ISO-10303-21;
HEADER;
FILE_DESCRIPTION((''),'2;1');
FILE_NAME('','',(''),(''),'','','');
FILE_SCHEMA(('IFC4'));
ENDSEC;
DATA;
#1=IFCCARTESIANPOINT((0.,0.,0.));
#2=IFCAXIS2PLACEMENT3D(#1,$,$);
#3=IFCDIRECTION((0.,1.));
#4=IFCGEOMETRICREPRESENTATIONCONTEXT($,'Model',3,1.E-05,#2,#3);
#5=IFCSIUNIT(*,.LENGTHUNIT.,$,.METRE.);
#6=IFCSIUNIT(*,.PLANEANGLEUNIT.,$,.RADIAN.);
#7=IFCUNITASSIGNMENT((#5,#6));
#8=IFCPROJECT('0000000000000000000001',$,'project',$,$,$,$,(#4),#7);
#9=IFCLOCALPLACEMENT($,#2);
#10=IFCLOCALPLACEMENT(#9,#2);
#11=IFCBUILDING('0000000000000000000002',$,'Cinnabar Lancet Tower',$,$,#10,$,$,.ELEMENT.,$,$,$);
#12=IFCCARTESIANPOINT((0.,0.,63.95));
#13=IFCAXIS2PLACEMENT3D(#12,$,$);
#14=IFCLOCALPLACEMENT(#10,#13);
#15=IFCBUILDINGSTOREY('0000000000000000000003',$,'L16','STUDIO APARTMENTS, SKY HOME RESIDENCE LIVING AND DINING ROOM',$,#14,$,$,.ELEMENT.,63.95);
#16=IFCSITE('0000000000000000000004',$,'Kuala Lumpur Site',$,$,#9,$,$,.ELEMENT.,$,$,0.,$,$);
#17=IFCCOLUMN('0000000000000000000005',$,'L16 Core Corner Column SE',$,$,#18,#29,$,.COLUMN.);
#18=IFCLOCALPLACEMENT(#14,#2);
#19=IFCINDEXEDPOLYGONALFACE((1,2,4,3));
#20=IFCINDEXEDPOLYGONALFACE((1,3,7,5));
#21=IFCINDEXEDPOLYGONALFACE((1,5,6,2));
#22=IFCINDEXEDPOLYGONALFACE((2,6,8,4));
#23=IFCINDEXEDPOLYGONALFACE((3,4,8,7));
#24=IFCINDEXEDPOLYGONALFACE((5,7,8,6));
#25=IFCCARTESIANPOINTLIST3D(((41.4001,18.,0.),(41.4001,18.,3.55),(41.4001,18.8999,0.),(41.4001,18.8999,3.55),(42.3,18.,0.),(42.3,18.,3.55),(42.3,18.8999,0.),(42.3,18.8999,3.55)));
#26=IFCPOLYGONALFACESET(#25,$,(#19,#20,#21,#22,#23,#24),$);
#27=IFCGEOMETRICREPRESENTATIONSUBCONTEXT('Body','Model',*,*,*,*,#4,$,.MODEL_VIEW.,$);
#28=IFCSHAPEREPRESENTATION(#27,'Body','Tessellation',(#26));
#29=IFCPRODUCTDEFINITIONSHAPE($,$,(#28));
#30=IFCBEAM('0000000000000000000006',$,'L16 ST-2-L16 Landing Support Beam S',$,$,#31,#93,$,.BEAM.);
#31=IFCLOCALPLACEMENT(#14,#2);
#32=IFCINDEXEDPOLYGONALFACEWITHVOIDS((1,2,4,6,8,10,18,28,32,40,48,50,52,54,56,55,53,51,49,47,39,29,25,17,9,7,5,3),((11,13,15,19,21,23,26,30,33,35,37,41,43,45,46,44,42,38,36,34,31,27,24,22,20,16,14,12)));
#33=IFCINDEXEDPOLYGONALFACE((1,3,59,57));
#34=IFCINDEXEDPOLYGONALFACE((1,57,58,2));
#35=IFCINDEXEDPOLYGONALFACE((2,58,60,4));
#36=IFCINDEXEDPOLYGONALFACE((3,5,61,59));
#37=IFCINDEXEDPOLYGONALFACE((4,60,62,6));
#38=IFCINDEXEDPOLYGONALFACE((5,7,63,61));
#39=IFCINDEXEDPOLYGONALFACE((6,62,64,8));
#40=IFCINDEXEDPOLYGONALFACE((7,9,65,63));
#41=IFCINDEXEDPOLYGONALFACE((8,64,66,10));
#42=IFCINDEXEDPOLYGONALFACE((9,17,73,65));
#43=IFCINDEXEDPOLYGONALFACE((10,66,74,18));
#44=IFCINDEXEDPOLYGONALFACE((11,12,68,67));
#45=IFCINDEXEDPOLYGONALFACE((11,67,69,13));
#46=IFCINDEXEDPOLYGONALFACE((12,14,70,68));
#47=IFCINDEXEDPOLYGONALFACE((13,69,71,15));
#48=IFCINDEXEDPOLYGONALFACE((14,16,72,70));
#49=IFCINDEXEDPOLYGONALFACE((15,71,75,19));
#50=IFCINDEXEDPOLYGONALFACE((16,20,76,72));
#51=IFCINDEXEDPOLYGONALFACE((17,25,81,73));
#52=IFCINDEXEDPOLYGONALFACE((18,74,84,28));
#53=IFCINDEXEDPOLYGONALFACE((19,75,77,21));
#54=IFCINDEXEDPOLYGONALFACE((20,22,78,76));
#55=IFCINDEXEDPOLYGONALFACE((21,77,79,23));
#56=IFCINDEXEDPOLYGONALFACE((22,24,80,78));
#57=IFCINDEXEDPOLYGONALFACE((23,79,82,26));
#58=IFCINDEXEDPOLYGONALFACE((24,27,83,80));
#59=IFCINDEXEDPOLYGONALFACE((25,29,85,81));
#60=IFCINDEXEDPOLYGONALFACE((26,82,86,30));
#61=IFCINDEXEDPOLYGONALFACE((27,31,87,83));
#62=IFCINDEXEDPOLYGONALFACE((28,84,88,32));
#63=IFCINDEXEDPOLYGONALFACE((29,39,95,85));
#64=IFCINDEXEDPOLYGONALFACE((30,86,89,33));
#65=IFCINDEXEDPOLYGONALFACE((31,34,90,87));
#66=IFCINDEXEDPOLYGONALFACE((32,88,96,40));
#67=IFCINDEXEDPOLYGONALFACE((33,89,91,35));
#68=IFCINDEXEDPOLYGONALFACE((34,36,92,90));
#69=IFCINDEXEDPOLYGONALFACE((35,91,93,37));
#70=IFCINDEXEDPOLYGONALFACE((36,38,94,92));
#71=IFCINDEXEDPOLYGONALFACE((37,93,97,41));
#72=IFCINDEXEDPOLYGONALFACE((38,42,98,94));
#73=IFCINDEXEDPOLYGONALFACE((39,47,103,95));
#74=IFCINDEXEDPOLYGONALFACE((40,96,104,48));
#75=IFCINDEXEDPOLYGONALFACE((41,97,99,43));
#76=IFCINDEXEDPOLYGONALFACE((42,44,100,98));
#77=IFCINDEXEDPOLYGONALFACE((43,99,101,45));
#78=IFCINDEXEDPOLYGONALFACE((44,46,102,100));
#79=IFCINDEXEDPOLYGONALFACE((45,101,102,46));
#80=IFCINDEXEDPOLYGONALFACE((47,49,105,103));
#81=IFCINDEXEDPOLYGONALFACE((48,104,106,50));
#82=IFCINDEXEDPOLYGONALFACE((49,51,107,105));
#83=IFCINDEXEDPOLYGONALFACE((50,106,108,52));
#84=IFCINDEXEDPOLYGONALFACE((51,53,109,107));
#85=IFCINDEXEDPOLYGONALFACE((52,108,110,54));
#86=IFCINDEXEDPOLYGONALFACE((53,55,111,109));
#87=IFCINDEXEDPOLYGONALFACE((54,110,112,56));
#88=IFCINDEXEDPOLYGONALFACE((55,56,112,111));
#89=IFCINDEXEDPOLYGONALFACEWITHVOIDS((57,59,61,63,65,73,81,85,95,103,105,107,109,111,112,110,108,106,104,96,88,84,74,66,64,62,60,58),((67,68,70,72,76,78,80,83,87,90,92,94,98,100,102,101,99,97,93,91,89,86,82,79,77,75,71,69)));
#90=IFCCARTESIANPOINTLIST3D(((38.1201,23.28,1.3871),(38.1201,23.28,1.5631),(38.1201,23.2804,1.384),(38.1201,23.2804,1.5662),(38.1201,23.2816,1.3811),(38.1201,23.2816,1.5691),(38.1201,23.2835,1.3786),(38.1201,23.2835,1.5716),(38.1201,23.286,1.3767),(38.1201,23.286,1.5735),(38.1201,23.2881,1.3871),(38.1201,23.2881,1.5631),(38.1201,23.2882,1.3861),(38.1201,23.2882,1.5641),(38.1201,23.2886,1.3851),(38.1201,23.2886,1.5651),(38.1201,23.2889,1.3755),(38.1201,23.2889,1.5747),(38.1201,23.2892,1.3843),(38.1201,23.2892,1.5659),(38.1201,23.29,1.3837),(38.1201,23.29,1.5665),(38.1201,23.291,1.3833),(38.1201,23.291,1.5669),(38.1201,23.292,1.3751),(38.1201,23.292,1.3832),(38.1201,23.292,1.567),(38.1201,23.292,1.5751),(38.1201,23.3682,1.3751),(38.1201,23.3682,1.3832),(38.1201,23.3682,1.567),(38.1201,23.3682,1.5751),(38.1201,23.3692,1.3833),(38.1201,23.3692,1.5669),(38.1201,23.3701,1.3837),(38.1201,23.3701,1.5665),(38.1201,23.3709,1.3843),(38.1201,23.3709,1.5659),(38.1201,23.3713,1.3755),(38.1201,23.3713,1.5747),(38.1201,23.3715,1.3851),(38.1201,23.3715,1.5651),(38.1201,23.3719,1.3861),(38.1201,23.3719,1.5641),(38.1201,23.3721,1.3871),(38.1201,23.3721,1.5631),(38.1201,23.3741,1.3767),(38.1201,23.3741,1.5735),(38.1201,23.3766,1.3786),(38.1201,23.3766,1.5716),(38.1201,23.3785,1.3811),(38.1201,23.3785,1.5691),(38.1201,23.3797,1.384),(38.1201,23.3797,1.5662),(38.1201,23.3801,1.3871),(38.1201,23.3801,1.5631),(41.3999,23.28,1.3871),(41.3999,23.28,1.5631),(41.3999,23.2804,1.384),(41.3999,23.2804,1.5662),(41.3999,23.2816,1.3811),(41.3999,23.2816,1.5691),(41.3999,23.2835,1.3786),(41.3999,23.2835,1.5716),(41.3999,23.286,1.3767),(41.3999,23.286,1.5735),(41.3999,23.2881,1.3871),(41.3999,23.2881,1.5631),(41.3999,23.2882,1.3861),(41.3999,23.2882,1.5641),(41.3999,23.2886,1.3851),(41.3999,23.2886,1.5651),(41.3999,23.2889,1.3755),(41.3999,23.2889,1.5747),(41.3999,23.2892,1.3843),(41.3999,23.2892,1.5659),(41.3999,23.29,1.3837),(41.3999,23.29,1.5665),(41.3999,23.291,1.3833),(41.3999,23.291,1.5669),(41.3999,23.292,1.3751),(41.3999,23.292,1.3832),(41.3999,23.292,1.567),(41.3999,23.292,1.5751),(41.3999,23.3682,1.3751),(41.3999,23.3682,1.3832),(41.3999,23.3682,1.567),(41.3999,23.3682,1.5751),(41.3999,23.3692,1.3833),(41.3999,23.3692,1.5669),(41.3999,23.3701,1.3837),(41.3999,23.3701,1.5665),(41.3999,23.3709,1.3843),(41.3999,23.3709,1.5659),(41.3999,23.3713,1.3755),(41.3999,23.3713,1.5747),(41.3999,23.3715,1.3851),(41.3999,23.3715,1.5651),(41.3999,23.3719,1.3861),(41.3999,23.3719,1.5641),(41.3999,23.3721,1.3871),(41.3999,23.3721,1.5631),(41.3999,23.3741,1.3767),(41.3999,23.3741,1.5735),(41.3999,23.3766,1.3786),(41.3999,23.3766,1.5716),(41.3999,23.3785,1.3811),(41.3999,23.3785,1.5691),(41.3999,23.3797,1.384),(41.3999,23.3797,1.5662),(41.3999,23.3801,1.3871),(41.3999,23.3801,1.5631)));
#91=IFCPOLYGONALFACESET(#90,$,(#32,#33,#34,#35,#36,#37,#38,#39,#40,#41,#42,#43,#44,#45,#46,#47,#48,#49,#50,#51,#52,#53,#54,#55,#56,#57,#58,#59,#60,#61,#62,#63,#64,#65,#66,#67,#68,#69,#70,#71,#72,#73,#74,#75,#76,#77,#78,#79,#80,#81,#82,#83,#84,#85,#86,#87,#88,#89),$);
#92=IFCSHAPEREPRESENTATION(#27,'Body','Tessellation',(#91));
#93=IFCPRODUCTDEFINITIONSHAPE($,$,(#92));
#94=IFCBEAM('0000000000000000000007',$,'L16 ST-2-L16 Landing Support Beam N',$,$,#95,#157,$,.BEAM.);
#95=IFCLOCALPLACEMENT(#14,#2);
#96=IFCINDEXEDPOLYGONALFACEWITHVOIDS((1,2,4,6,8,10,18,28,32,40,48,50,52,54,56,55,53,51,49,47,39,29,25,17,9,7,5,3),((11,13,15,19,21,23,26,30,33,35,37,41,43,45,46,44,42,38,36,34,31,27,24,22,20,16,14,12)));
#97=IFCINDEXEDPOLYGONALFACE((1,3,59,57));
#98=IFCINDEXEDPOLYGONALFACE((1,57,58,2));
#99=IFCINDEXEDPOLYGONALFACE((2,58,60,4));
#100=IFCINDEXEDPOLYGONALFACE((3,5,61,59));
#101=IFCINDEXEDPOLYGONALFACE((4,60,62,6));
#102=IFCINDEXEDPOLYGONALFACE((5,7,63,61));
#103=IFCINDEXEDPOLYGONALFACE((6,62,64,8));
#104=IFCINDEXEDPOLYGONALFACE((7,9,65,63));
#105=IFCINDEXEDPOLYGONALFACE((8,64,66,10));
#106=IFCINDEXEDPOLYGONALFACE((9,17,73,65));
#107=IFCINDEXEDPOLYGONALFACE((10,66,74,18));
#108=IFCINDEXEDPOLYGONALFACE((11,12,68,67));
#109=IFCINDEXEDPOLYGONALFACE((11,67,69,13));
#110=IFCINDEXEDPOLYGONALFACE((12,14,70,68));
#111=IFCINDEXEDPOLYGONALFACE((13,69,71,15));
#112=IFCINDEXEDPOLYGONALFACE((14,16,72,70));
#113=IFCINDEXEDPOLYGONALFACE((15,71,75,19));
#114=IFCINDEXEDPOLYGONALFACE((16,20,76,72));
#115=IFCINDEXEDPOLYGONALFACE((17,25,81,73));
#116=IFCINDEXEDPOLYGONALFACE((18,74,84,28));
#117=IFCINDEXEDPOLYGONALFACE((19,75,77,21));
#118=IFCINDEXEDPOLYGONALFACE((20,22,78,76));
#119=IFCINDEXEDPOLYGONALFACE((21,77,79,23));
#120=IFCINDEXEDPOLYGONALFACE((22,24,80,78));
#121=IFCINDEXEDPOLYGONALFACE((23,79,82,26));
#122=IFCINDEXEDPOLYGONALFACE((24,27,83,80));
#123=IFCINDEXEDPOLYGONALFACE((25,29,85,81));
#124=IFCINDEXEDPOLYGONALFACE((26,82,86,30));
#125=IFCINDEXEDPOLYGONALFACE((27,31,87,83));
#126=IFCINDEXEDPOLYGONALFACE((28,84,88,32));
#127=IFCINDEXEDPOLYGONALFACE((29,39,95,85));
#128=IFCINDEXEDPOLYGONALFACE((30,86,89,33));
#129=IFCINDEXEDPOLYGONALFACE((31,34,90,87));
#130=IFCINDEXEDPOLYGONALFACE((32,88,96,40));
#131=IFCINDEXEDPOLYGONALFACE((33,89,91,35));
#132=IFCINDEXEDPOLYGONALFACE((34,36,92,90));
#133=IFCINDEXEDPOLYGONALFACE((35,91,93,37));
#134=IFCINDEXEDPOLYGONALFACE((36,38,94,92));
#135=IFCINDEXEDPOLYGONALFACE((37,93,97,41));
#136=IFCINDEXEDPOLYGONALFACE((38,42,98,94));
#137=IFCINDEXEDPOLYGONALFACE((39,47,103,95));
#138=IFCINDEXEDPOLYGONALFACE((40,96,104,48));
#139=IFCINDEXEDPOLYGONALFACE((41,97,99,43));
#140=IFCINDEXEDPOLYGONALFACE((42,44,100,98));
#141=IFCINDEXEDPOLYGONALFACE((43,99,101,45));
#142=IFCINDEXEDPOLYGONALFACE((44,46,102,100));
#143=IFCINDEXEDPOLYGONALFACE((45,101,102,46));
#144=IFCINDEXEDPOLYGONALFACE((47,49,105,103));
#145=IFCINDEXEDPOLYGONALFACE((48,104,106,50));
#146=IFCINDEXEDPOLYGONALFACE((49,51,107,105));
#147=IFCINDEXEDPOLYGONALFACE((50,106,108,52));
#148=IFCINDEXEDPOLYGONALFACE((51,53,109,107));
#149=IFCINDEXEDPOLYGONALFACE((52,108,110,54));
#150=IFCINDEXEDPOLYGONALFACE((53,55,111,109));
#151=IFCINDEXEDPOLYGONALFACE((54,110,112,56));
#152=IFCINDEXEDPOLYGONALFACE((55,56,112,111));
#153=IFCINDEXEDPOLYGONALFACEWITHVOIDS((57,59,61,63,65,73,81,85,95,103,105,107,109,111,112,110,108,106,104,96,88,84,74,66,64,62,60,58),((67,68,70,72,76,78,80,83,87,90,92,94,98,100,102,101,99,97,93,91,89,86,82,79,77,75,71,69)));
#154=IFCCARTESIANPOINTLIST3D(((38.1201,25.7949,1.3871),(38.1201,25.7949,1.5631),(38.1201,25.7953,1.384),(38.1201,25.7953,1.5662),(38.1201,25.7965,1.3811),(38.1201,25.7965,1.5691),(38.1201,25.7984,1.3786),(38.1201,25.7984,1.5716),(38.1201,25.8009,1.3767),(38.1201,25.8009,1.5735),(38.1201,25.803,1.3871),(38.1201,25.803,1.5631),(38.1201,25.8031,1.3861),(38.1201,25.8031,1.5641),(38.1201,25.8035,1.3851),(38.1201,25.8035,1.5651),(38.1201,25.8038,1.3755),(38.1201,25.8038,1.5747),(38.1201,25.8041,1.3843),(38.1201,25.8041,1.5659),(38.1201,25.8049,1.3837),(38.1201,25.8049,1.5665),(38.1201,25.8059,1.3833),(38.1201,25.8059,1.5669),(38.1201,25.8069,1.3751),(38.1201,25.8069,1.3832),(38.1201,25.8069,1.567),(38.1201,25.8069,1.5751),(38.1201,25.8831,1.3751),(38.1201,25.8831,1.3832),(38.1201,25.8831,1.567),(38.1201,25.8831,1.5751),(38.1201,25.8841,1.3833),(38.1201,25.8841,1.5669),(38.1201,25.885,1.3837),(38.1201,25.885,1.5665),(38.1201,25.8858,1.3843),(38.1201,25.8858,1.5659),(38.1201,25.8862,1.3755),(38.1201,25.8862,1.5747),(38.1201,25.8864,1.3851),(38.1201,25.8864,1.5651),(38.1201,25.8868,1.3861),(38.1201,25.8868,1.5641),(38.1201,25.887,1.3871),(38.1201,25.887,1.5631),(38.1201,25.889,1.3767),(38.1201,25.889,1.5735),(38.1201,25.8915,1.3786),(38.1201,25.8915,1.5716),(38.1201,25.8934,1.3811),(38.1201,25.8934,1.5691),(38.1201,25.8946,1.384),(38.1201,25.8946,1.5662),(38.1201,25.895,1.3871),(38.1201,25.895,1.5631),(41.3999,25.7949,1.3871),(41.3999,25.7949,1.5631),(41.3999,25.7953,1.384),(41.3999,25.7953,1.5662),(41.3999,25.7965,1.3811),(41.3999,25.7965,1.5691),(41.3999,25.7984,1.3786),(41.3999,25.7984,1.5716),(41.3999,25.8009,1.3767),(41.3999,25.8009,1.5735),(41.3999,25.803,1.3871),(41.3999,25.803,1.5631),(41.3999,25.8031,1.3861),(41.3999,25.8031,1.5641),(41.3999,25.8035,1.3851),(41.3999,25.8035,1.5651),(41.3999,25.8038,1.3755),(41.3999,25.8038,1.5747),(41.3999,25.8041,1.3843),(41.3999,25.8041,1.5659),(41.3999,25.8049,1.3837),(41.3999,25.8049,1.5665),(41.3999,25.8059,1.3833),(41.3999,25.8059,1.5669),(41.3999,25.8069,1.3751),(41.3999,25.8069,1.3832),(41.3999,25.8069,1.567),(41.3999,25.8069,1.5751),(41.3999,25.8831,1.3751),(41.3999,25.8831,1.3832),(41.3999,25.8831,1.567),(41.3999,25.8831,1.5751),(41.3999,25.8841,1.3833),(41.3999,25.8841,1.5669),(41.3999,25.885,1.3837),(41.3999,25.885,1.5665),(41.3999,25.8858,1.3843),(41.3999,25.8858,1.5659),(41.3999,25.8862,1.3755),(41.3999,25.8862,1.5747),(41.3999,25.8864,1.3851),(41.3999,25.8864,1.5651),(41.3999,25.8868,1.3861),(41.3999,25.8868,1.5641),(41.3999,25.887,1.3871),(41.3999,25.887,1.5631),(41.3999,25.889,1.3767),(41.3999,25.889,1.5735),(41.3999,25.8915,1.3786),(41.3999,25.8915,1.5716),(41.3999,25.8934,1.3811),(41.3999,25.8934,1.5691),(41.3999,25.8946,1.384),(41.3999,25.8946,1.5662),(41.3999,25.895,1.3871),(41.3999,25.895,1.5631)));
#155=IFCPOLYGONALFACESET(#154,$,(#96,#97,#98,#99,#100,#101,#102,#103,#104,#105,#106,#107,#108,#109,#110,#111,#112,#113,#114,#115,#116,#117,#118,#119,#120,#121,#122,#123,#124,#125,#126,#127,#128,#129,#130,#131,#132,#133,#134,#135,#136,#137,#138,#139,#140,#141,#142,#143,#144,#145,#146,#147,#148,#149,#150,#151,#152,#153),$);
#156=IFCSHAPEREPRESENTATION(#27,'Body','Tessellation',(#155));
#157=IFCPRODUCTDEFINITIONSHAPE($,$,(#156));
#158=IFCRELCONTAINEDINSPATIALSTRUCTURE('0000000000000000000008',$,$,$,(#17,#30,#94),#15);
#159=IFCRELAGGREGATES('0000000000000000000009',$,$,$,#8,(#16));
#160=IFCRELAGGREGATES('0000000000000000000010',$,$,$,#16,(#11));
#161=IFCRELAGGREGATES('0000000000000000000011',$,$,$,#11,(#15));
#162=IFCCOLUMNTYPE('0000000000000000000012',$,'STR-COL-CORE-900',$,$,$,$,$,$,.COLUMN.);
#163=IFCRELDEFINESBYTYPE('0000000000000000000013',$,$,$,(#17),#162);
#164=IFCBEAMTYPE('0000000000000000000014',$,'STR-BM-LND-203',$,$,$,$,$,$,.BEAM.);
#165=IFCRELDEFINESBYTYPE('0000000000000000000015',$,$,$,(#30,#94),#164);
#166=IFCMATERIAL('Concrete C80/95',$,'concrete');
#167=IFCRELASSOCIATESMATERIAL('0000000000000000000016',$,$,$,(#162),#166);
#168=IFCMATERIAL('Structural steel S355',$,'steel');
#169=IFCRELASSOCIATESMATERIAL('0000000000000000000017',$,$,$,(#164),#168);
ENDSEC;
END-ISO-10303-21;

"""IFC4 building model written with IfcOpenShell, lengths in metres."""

from ifc_helpers import new_model, si_unit, direction, frame, origin, origin_2d, place, context, subcontext, project, spatial, rectangle, hollow_rectangle, extrude, material, material_profile, profile_set, type_object, element, save


model = new_model("IFC4")

# Units and contexts
model_context = context("Model", 3, precision=1e-05, world=origin(), true_north=direction((0.0, 1.0)))
body_context = subcontext(model_context, "Body", "Model", "MODEL_VIEW")
ifc_project = project(units=[si_unit("LENGTHUNIT", "METRE"), si_unit("PLANEANGLEUNIT", "RADIAN")], contexts=[model_context])

# Site, building, storey
site_placement = place(None, origin())
site = spatial("IfcSite", under=ifc_project, at=site_placement, Name="Kuala Lumpur Site", CompositionType="ELEMENT", RefElevation=0.0)
building_placement = place(site_placement, origin())
building = spatial("IfcBuilding", under=site, at=building_placement, Name="Cinnabar Lancet Tower", CompositionType="ELEMENT")
storey_placement = place(building_placement, frame((0.0, 0.0, 63.95)))
storey = spatial("IfcBuildingStorey", under=building, at=storey_placement, Name="L16", Description="STUDIO APARTMENTS, SKY HOME RESIDENCE LIVING AND DINING ROOM", CompositionType="ELEMENT", Elevation=63.95)

# Column
ifc_material_1 = material(Name="Concrete C80/95", Category="concrete")
ifc_material_profile_1 = material_profile(ifc_material_1, rectangle(XDim=0.8999, YDim=0.8999, at=origin_2d()), Name="RC-COL 900x900")
ifc_profile_set_1 = profile_set([ifc_material_profile_1], Name="Concrete C80/95")
column_type = type_object("IfcColumnType", Name="STR-COL-CORE-900", PredefinedType="COLUMN", material=ifc_profile_set_1)
column_placement = place(storey_placement, frame((41.8501, 18.45, 0.0), z_axis=(0.0, 0.0, 1.0), x_axis=(1.0, 0.0, 0.0)))
element("IfcColumn", 1, at=column_placement, inside=storey, type_object=column_type, Name="L16 Core Corner Column SE", PredefinedType="COLUMN", context=body_context, shape_type="SweptSolid", body=[
    extrude(rectangle(XDim=0.8999, YDim=0.8999, at=origin_2d()), origin(), (0.0, 0.0, 1.0), 3.55),
])

# Beams
ifc_material_2 = material(Name="Structural steel S355", Category="steel")
ifc_material_profile_2 = material_profile(ifc_material_2, hollow_rectangle(XDim=0.1001, YDim=0.2, WallThickness=0.0081, InnerFilletRadius=0.0039, OuterFilletRadius=0.012, at=origin_2d()), Name="RHS 200x100x8")
ifc_profile_set_2 = profile_set([ifc_material_profile_2], Name="Structural steel S355")
beam_type = type_object("IfcBeamType", Name="STR-BM-LND-203", PredefinedType="BEAM", material=ifc_profile_set_2)
for number, where, z_axis, x_axis, name in (
    (2, (38.1201, 23.3301, 1.4751), (1.0, 0.0, 0.0), (0.0, 1.0, 0.0), "L16 ST-2-L16 Landing Support Beam S"),
    (3, (38.1201, 25.845, 1.4751), (1.0, 0.0, 0.0), (0.0, 1.0, 0.0), "L16 ST-2-L16 Landing Support Beam N"),
):
    element("IfcBeam", number, at=place(storey_placement, frame(where, z_axis=z_axis, x_axis=x_axis)), inside=storey, type_object=beam_type, Name=name, PredefinedType="BEAM", context=body_context, shape_type="SweptSolid", body=[
        extrude(hollow_rectangle(XDim=0.1001, YDim=0.2, WallThickness=0.0081, InnerFilletRadius=0.0039, OuterFilletRadius=0.012, at=origin_2d()), origin(), (0.0, 0.0, 1.0), 3.2798),
    ])

save(model, "model.ifc")
